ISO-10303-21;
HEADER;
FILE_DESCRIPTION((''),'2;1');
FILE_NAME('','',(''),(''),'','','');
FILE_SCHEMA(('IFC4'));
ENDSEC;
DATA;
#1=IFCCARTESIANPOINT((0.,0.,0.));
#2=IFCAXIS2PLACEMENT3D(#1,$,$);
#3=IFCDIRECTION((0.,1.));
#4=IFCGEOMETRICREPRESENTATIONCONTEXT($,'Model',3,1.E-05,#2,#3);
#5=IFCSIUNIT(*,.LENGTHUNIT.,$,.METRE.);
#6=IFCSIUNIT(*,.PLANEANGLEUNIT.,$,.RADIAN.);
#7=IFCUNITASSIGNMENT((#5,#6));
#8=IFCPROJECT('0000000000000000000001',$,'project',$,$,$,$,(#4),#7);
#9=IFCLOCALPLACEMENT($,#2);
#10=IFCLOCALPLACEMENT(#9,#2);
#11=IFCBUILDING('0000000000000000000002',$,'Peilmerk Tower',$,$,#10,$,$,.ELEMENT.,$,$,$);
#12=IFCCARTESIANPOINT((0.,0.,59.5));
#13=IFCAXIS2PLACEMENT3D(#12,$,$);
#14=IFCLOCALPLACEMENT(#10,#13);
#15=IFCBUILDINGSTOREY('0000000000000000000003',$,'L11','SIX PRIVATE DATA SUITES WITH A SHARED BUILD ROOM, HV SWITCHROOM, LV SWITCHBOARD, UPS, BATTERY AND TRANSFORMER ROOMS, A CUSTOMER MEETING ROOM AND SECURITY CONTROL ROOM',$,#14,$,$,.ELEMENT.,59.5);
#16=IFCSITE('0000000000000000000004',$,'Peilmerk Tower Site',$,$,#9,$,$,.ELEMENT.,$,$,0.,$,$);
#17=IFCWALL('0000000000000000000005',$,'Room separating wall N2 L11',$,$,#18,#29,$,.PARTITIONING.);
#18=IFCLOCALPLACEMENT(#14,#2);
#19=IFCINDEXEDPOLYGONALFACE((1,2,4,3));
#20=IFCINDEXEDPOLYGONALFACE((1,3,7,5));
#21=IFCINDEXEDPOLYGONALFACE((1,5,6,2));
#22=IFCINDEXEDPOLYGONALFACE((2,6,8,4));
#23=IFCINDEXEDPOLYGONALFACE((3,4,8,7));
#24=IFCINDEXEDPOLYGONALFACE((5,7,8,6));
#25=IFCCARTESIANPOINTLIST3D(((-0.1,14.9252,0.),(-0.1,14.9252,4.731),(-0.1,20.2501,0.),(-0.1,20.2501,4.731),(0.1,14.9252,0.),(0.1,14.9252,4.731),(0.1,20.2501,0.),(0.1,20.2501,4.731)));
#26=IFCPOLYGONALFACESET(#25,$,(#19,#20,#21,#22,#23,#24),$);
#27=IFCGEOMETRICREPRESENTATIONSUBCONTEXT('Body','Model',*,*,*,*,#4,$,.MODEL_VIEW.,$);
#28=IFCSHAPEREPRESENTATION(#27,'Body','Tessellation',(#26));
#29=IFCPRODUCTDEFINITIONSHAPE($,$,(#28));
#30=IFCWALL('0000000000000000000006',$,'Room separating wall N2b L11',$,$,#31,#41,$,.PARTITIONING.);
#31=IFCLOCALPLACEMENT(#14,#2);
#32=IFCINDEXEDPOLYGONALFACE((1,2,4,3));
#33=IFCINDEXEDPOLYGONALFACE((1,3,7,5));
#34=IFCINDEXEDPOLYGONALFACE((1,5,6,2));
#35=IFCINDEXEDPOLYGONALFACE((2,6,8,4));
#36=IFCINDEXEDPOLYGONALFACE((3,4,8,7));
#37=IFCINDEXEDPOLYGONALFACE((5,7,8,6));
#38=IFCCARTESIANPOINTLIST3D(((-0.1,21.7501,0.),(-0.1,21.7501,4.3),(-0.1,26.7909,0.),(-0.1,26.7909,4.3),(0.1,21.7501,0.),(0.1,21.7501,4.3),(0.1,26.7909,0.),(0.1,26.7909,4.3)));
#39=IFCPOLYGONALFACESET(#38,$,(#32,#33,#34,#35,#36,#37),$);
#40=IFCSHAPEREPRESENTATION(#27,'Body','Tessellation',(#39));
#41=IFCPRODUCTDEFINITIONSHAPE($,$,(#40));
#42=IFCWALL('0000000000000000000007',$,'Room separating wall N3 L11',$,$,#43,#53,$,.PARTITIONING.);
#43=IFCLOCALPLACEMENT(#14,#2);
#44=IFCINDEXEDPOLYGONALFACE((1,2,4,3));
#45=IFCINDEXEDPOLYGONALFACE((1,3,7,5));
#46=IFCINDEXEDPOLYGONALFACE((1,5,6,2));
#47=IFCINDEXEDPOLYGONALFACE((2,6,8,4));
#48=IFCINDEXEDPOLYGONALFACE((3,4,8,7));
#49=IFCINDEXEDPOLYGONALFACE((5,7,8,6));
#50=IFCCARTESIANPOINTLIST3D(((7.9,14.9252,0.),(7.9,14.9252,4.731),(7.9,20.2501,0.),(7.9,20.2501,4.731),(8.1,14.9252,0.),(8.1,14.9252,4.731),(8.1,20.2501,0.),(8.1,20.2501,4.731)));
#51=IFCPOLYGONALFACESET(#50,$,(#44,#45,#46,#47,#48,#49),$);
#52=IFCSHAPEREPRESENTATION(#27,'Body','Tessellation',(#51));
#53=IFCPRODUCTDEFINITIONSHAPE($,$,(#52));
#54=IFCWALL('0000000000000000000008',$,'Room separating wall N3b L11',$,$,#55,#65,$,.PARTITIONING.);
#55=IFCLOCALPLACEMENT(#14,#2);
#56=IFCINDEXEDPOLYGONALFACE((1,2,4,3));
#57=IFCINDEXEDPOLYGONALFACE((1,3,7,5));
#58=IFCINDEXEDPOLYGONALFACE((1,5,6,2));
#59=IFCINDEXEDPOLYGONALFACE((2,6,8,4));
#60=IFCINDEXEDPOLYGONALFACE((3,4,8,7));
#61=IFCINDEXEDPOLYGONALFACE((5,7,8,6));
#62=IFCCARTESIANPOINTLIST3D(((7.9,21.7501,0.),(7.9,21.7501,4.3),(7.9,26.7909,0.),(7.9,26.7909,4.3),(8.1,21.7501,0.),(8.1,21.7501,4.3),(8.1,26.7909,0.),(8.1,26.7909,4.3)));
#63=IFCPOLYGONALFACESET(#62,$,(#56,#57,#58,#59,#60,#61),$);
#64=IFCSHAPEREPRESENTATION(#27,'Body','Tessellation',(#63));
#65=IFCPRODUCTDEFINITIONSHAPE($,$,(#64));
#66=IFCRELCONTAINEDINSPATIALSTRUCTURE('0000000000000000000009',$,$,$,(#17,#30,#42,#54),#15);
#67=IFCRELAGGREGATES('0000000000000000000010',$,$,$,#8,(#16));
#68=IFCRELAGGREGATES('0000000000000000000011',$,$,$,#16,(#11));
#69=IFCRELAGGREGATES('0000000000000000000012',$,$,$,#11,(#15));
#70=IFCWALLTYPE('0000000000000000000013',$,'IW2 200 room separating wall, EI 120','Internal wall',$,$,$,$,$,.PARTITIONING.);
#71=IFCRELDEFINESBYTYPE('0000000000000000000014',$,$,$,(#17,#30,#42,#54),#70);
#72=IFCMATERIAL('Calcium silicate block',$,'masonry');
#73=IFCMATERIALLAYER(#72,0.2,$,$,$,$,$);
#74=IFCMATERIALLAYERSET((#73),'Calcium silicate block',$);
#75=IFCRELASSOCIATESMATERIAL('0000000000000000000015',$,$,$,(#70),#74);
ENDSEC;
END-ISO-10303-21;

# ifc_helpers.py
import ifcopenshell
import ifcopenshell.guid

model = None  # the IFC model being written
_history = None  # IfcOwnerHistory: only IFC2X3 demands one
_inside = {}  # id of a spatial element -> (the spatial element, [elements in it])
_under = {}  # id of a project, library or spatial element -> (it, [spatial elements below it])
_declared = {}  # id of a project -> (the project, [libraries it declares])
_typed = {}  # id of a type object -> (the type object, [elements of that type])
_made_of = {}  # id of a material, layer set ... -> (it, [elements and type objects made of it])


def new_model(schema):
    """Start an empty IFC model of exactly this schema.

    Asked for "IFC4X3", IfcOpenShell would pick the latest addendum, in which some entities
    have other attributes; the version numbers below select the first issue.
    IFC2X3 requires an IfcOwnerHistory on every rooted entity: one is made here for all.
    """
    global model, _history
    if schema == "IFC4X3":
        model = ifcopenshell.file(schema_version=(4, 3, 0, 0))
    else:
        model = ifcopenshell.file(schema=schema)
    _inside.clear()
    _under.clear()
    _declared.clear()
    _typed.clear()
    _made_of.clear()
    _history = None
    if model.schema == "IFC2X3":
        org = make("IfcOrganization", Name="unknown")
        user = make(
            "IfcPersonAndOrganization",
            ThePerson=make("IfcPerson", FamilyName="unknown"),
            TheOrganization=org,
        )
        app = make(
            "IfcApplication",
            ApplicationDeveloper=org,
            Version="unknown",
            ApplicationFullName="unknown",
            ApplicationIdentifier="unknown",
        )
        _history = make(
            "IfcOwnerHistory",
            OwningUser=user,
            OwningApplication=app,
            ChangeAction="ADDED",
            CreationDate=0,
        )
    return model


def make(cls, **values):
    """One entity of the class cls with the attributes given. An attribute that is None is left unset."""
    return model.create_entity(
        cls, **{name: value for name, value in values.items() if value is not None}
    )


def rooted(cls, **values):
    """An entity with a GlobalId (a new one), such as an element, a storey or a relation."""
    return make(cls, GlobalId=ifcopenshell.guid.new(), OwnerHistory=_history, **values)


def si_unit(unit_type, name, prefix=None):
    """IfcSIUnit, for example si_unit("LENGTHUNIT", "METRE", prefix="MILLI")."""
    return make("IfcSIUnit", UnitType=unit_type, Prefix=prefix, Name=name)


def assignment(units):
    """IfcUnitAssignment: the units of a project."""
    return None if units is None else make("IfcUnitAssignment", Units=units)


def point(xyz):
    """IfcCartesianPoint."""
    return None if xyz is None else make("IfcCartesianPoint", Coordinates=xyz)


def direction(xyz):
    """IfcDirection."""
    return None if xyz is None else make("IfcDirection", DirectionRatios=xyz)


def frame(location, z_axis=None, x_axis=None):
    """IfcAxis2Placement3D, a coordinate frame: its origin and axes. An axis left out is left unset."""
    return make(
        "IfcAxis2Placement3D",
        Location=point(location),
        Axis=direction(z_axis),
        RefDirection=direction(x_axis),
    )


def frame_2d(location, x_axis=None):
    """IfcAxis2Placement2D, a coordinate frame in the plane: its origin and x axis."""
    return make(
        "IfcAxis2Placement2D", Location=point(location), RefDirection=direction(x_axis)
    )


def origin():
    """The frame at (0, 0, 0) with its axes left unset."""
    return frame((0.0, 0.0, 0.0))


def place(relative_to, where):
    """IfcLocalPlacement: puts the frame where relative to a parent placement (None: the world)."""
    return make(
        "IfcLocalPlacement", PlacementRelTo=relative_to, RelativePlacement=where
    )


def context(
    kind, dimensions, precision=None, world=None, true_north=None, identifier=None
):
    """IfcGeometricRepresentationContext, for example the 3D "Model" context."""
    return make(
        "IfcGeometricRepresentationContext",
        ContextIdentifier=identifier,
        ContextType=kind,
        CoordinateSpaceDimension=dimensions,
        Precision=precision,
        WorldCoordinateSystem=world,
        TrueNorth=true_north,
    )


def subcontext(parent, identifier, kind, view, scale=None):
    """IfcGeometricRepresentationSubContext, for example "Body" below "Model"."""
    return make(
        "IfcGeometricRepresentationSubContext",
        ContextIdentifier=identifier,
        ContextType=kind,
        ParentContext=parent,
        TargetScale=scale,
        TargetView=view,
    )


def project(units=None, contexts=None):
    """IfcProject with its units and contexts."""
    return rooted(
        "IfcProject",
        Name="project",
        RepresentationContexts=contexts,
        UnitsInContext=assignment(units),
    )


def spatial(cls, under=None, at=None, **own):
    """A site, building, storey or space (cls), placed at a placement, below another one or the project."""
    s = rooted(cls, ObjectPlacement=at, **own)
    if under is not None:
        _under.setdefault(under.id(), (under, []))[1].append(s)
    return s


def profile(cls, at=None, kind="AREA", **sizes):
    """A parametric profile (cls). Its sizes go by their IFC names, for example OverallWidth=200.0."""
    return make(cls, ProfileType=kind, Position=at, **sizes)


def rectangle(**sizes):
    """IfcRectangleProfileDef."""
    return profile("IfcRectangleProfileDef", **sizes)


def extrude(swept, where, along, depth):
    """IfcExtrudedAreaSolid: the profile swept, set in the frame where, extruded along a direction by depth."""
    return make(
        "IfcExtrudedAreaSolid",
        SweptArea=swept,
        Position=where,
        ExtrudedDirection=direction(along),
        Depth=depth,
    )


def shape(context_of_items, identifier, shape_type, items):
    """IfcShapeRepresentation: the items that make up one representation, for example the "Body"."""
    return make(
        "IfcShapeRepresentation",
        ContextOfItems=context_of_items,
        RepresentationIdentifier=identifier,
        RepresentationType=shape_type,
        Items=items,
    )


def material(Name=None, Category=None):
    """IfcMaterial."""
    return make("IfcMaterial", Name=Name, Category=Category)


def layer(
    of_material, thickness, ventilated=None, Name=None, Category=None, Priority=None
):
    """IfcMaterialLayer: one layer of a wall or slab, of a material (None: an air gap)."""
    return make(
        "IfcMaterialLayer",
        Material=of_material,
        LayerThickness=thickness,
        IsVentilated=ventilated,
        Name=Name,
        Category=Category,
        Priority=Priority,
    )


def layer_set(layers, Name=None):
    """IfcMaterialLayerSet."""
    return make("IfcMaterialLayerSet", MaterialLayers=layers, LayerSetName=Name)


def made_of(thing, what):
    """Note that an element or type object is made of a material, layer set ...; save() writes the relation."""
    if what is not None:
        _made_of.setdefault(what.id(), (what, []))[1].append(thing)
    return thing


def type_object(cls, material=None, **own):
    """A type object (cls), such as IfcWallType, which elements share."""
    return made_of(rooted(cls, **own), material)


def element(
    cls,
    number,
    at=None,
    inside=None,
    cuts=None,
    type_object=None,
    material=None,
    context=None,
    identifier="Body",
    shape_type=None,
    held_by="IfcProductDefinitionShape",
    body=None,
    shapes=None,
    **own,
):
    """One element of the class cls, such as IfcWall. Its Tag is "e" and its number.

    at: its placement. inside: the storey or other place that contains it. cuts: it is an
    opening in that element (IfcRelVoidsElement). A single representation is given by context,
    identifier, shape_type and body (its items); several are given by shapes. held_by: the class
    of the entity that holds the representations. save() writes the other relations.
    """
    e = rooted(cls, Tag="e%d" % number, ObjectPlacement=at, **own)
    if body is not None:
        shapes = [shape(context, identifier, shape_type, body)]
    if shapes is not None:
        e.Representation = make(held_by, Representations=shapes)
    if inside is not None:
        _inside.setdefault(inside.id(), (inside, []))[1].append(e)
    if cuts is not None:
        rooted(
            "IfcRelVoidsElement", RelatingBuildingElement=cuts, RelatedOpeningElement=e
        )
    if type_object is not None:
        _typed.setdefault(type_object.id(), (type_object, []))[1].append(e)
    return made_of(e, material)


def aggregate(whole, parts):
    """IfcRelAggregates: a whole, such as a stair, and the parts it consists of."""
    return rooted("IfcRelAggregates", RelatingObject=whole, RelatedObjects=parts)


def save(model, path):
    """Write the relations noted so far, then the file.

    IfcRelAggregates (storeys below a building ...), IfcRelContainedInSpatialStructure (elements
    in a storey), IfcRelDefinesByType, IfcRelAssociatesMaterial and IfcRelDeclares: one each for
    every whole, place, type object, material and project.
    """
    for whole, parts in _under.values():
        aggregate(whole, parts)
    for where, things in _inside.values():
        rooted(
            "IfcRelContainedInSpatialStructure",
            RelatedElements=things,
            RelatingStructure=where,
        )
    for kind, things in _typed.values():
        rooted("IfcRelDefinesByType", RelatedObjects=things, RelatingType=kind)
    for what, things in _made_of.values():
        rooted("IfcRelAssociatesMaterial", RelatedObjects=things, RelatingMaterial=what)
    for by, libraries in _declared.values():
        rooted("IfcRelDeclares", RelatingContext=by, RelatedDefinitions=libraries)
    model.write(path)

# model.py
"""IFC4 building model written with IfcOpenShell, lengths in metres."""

from ifc_helpers import new_model, si_unit, direction, frame, frame_2d, origin, place, context, subcontext, project, spatial, rectangle, extrude, material, layer, layer_set, type_object, element, save


model = new_model("IFC4")

# Units and contexts
model_context = context("Model", 3, precision=1e-05, world=origin(), true_north=direction((0.0, 1.0)))
body_context = subcontext(model_context, "Body", "Model", "MODEL_VIEW")
ifc_project = project(units=[si_unit("LENGTHUNIT", "METRE"), si_unit("PLANEANGLEUNIT", "RADIAN")], contexts=[model_context])

# Site, building, storey
site_placement = place(None, origin())
site = spatial("IfcSite", under=ifc_project, at=site_placement, Name="Peilmerk Tower Site", CompositionType="ELEMENT", RefElevation=0.0)
building_placement = place(site_placement, origin())
building = spatial("IfcBuilding", under=site, at=building_placement, Name="Peilmerk Tower", CompositionType="ELEMENT")
storey_placement = place(building_placement, frame((0.0, 0.0, 59.5)))
storey = spatial("IfcBuildingStorey", under=building, at=storey_placement, Name="L11", Description="SIX PRIVATE DATA SUITES WITH A SHARED BUILD ROOM, HV SWITCHROOM, LV SWITCHBOARD, UPS, BATTERY AND TRANSFORMER ROOMS, A CUSTOMER MEETING ROOM AND SECURITY CONTROL ROOM", CompositionType="ELEMENT", Elevation=59.5)

# Walls
ifc_material_1 = material(Name="Calcium silicate block", Category="masonry")
ifc_layer = layer(ifc_material_1, 0.2)
ifc_layer_set = layer_set([ifc_layer], Name="Calcium silicate block")
wall_type = type_object("IfcWallType", Name="IW2 200 room separating wall, EI 120", Description="Internal wall", PredefinedType="PARTITIONING", material=ifc_layer_set)
wall_1_placement = place(storey_placement, frame((0.0, 14.925, 0.0), z_axis=(0.0, 0.0, 1.0), x_axis=(0.0, 1.0, 0.0)))
element("IfcWall", 1, at=wall_1_placement, inside=storey, type_object=wall_type, Name="Room separating wall N2 L11", PredefinedType="PARTITIONING", context=body_context, shape_type="SweptSolid", body=[
    extrude(rectangle(XDim=5.325, YDim=0.2, at=frame_2d((2.6626, 0.0))), origin(), (0.0, 0.0, 1.0), 4.731),
])
wall_2_placement = place(storey_placement, frame((0.0, 21.75, 0.0), z_axis=(0.0, 0.0, 1.0), x_axis=(0.0, 1.0, 0.0)))
element("IfcWall", 2, at=wall_2_placement, inside=storey, type_object=wall_type, Name="Room separating wall N2b L11", PredefinedType="PARTITIONING", context=body_context, shape_type="SweptSolid", body=[
    extrude(rectangle(XDim=5.0408, YDim=0.2, at=frame_2d((2.5205, 0.0))), origin(), (0.0, 0.0, 1.0), 4.3),
])
wall_3_placement = place(storey_placement, frame((8.0, 14.925, 0.0), z_axis=(0.0, 0.0, 1.0), x_axis=(0.0, 1.0, 0.0)))
element("IfcWall", 3, at=wall_3_placement, inside=storey, type_object=wall_type, Name="Room separating wall N3 L11", PredefinedType="PARTITIONING", context=body_context, shape_type="SweptSolid", body=[
    extrude(rectangle(XDim=5.325, YDim=0.2, at=frame_2d((2.6626, 0.0))), origin(), (0.0, 0.0, 1.0), 4.731),
])
wall_4_placement = place(storey_placement, frame((8.0, 21.75, 0.0), z_axis=(0.0, 0.0, 1.0), x_axis=(0.0, 1.0, 0.0)))
element("IfcWall", 4, at=wall_4_placement, inside=storey, type_object=wall_type, Name="Room separating wall N3b L11", PredefinedType="PARTITIONING", context=body_context, shape_type="SweptSolid", body=[
    extrude(rectangle(XDim=5.0408, YDim=0.2, at=frame_2d((2.5205, 0.0))), origin(), (0.0, 0.0, 1.0), 4.3),
])

save(model, "model.ifc")
